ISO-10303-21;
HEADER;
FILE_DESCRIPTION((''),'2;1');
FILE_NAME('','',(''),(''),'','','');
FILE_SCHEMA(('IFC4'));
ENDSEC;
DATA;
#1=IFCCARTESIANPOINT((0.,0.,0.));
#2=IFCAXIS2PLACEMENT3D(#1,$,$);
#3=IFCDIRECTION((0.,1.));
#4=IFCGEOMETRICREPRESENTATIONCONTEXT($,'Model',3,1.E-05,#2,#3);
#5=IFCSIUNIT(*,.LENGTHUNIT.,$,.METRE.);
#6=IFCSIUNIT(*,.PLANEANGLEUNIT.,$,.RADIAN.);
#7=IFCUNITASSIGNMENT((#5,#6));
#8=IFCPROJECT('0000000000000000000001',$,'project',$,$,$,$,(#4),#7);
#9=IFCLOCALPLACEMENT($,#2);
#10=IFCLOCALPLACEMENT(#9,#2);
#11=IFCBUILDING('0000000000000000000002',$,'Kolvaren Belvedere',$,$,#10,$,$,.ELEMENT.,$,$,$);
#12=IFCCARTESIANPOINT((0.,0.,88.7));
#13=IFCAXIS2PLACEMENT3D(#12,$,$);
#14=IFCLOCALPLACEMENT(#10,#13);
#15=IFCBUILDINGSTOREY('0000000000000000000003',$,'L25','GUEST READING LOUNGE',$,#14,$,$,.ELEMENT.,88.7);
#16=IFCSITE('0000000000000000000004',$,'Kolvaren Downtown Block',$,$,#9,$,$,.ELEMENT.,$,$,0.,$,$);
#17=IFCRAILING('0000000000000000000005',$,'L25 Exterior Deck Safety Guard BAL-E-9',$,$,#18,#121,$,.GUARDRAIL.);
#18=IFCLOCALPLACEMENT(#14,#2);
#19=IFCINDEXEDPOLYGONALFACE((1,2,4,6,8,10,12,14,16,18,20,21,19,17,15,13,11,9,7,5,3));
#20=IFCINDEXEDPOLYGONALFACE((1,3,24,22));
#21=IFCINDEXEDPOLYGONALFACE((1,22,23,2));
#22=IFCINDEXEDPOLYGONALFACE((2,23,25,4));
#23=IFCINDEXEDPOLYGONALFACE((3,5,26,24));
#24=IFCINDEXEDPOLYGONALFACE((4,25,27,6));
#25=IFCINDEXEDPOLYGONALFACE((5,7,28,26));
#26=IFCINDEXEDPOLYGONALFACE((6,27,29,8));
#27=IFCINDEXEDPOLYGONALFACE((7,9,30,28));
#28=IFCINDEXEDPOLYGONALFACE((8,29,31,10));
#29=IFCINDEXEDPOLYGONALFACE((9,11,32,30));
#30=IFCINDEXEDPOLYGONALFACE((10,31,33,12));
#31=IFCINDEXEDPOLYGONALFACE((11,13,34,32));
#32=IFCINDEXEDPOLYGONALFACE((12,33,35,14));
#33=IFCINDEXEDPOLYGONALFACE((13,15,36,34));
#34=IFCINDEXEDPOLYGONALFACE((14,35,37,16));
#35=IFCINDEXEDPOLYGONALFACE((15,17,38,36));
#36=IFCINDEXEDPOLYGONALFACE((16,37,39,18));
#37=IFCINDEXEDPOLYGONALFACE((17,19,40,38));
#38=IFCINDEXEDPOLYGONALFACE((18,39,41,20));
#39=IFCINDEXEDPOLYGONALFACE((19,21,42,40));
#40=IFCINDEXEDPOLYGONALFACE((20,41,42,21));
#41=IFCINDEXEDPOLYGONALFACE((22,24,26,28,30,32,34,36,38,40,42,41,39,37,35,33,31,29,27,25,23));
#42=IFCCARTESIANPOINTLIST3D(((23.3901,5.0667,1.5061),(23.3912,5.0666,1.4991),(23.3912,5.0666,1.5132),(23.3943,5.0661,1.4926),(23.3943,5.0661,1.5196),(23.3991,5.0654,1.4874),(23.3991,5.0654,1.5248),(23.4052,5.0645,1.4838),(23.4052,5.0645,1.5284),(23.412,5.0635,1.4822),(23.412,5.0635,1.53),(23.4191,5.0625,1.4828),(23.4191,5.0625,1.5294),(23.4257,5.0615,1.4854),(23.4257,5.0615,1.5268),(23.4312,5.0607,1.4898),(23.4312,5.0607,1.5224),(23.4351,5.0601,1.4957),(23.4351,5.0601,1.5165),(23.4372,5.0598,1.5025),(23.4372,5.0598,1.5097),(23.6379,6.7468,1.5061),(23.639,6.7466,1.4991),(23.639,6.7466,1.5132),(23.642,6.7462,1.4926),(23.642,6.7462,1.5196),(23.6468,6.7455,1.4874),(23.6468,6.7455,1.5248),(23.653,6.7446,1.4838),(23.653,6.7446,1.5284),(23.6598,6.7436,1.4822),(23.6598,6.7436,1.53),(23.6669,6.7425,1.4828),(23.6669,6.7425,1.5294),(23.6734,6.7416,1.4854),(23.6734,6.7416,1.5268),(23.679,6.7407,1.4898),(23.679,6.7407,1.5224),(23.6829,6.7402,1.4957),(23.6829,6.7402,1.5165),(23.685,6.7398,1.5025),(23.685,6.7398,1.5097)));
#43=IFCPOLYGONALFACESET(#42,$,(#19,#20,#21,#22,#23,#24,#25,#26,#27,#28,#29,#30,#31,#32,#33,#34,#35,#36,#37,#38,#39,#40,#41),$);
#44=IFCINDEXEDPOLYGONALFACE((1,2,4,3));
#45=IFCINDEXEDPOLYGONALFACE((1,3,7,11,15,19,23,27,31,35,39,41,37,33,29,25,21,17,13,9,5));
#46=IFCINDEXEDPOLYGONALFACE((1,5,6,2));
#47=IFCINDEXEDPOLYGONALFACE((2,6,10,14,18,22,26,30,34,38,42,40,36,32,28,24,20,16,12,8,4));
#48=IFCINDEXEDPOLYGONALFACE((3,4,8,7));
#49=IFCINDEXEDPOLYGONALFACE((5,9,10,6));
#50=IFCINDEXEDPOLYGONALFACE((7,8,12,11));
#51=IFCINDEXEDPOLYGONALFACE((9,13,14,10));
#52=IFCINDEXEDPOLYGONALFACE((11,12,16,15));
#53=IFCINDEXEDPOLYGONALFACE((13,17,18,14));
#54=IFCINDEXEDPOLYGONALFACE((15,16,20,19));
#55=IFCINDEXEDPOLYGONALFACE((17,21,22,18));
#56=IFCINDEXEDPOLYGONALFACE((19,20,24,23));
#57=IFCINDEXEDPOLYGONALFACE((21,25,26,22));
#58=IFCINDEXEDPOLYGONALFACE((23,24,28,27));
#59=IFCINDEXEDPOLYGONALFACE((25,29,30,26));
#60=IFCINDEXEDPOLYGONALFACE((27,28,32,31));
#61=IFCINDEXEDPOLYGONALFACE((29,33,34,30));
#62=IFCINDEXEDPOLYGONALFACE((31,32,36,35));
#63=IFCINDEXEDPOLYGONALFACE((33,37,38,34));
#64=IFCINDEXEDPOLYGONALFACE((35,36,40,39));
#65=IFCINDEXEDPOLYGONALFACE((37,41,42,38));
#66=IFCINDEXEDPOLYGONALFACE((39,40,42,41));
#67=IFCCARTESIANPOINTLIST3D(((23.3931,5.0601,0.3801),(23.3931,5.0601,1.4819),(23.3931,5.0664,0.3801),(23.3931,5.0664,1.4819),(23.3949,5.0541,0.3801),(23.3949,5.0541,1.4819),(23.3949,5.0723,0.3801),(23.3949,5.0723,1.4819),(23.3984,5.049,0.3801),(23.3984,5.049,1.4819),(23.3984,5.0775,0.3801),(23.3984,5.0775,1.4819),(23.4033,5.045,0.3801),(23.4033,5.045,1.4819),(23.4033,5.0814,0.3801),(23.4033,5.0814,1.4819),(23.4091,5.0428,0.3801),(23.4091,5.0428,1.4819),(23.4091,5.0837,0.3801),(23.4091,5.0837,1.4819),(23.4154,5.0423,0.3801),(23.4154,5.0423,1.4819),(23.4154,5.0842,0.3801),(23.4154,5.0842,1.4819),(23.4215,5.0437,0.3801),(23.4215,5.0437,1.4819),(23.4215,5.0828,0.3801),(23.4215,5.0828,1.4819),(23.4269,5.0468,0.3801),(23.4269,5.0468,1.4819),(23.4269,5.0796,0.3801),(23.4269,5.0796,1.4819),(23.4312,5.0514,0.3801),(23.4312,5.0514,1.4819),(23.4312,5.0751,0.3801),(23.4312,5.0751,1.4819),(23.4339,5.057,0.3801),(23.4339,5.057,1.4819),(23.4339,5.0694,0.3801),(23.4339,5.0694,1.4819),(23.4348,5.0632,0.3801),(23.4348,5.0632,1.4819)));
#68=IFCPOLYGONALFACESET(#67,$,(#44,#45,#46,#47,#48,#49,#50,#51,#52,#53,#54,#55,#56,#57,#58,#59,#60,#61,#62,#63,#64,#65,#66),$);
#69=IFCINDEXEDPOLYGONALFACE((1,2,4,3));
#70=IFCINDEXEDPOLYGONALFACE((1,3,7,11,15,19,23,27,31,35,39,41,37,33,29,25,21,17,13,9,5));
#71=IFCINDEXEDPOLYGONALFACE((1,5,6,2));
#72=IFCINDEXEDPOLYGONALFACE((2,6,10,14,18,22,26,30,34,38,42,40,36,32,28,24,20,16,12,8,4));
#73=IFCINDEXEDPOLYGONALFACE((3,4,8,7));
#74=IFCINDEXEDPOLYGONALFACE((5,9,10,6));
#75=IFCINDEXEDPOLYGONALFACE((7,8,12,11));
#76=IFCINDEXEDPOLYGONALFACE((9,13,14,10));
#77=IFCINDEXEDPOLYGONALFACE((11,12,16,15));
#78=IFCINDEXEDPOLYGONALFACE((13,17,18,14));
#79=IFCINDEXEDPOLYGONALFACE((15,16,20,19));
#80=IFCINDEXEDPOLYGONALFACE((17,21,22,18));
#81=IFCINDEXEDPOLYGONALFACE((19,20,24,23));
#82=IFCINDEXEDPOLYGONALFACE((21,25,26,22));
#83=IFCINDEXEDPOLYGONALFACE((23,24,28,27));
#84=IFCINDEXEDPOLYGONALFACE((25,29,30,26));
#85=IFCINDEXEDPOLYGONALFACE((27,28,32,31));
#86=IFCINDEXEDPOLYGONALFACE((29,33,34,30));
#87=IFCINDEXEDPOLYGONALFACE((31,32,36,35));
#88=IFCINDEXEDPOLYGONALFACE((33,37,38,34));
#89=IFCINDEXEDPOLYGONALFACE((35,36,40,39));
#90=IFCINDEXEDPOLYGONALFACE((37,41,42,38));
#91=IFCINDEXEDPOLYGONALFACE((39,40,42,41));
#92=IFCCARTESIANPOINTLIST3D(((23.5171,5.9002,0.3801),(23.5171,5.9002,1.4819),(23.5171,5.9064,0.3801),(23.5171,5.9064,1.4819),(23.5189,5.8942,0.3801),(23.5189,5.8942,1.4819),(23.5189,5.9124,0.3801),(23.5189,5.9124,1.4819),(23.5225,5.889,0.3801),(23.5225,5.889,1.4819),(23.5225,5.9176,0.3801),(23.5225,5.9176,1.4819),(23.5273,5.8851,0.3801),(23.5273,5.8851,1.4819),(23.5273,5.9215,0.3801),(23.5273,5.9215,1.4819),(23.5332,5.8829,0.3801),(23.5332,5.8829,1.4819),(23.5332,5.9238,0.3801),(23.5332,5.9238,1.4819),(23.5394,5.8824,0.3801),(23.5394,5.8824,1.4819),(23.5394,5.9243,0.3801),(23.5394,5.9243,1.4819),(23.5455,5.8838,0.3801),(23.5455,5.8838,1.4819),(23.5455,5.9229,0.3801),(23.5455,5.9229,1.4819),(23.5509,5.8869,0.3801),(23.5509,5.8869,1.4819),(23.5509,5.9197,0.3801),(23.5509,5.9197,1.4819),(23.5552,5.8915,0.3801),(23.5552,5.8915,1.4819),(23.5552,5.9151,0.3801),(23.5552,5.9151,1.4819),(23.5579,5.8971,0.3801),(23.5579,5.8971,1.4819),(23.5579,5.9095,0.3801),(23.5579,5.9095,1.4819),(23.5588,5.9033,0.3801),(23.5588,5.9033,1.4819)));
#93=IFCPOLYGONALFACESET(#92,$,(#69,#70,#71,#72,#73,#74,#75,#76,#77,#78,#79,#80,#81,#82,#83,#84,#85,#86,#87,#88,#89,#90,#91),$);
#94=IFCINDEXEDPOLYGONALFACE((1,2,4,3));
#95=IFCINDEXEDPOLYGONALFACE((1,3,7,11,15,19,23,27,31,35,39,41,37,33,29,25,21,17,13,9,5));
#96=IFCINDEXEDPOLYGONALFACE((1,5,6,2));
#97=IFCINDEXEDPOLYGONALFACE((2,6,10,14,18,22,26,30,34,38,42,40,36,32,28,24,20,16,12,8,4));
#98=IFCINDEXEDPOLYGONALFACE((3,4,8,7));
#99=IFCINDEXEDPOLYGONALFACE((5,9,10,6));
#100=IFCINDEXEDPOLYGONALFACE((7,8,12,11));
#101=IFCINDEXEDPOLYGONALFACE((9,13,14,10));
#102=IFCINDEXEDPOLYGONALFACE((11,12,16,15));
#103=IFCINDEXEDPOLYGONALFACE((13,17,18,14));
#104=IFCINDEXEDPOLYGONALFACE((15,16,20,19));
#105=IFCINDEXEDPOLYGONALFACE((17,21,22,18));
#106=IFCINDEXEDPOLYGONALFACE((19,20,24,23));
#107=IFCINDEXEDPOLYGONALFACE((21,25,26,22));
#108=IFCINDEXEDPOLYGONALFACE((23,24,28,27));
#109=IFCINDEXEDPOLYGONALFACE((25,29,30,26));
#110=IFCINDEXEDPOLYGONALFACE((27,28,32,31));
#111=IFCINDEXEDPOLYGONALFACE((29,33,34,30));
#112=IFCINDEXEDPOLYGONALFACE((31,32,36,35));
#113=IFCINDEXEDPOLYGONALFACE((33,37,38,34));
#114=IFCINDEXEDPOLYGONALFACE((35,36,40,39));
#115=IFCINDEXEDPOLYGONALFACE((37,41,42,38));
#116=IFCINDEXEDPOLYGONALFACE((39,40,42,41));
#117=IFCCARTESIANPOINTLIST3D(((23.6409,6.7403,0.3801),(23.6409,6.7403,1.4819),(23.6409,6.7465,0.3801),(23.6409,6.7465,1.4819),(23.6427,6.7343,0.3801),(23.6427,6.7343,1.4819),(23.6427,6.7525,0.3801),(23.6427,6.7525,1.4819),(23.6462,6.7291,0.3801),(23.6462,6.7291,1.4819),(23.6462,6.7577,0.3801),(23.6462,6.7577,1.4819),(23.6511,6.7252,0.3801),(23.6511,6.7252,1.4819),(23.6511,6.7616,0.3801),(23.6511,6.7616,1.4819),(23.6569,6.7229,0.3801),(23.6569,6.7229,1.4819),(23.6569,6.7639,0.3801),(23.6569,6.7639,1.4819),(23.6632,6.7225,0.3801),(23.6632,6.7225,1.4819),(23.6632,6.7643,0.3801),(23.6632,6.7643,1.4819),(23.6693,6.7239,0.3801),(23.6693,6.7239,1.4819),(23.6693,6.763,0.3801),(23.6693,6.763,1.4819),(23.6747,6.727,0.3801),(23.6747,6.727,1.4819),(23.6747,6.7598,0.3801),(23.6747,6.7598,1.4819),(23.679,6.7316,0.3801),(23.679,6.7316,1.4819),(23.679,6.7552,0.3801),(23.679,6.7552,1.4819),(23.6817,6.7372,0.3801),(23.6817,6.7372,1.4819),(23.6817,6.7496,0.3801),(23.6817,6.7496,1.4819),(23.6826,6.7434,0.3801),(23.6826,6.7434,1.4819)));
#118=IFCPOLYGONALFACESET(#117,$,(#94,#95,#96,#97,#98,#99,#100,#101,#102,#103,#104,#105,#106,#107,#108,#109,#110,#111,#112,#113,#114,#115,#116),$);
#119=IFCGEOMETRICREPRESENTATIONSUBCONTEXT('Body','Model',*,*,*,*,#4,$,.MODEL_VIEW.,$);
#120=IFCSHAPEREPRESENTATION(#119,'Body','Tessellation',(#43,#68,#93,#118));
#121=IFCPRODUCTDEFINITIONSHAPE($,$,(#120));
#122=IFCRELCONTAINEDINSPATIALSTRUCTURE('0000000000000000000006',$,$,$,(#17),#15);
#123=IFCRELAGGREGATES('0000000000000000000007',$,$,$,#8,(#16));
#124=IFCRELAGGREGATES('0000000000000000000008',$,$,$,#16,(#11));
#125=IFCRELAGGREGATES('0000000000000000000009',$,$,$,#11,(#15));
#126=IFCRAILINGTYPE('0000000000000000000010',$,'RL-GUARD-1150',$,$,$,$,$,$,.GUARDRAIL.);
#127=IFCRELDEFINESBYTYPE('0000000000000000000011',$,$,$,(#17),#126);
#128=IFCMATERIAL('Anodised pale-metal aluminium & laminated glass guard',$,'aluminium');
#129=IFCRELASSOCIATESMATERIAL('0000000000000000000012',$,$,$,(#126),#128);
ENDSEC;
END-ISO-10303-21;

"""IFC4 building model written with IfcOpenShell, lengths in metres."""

from ifc_helpers import new_model, si_unit, direction, frame, origin, origin_2d, place, context, subcontext, project, spatial, circle, extrude, material, type_object, element, save


model = new_model("IFC4")

# Units and contexts
model_context = context("Model", 3, precision=1e-05, world=origin(), true_north=direction((0.0, 1.0)))
body_context = subcontext(model_context, "Body", "Model", "MODEL_VIEW")
ifc_project = project(units=[si_unit("LENGTHUNIT", "METRE"), si_unit("PLANEANGLEUNIT", "RADIAN")], contexts=[model_context])

# Site, building, storey
site_placement = place(None, origin())
site = spatial("IfcSite", under=ifc_project, at=site_placement, Name="Kolvaren Downtown Block", CompositionType="ELEMENT", RefElevation=0.0)
building_placement = place(site_placement, origin())
building = spatial("IfcBuilding", under=site, at=building_placement, Name="Kolvaren Belvedere", CompositionType="ELEMENT")
storey_placement = place(building_placement, frame((0.0, 0.0, 88.7)))
storey = spatial("IfcBuildingStorey", under=building, at=storey_placement, Name="L25", Description="GUEST READING LOUNGE", CompositionType="ELEMENT", Elevation=88.7)

# Railing
ifc_material_1 = material(Name="Anodised pale-metal aluminium & laminated glass guard", Category="aluminium")
railing_type = type_object("IfcRailingType", Name="RL-GUARD-1150", PredefinedType="GUARDRAIL", material=ifc_material_1)
railing_1_placement = place(storey_placement, frame((23.4138, 5.0632, 0.3801)))
element("IfcRailing", 1, at=railing_1_placement, inside=storey, type_object=railing_type, Name="L25 Exterior Deck Safety Guard BAL-E-9", PredefinedType="GUARDRAIL", context=body_context, shape_type="SweptSolid", body=[
    extrude(circle(Radius=0.0239, at=origin_2d()), frame((0.0, 0.0, 1.126), z_axis=(0.145908, 0.989298, 0.0), x_axis=(-0.989298, 0.145908, 0.0)), (0.0, 0.0, 1.0), 1.6982),
    extrude(circle(Radius=0.021, at=origin_2d()), origin(), (0.0, 0.0, 1.0), 1.1018),
    extrude(circle(Radius=0.021, at=origin_2d()), frame((0.124, 0.8401, 0.0)), (0.0, 0.0, 1.0), 1.1018),
    extrude(circle(Radius=0.021, at=origin_2d()), frame((0.2478, 1.6802, 0.0)), (0.0, 0.0, 1.0), 1.1018),
])

save(model, "model.ifc")
